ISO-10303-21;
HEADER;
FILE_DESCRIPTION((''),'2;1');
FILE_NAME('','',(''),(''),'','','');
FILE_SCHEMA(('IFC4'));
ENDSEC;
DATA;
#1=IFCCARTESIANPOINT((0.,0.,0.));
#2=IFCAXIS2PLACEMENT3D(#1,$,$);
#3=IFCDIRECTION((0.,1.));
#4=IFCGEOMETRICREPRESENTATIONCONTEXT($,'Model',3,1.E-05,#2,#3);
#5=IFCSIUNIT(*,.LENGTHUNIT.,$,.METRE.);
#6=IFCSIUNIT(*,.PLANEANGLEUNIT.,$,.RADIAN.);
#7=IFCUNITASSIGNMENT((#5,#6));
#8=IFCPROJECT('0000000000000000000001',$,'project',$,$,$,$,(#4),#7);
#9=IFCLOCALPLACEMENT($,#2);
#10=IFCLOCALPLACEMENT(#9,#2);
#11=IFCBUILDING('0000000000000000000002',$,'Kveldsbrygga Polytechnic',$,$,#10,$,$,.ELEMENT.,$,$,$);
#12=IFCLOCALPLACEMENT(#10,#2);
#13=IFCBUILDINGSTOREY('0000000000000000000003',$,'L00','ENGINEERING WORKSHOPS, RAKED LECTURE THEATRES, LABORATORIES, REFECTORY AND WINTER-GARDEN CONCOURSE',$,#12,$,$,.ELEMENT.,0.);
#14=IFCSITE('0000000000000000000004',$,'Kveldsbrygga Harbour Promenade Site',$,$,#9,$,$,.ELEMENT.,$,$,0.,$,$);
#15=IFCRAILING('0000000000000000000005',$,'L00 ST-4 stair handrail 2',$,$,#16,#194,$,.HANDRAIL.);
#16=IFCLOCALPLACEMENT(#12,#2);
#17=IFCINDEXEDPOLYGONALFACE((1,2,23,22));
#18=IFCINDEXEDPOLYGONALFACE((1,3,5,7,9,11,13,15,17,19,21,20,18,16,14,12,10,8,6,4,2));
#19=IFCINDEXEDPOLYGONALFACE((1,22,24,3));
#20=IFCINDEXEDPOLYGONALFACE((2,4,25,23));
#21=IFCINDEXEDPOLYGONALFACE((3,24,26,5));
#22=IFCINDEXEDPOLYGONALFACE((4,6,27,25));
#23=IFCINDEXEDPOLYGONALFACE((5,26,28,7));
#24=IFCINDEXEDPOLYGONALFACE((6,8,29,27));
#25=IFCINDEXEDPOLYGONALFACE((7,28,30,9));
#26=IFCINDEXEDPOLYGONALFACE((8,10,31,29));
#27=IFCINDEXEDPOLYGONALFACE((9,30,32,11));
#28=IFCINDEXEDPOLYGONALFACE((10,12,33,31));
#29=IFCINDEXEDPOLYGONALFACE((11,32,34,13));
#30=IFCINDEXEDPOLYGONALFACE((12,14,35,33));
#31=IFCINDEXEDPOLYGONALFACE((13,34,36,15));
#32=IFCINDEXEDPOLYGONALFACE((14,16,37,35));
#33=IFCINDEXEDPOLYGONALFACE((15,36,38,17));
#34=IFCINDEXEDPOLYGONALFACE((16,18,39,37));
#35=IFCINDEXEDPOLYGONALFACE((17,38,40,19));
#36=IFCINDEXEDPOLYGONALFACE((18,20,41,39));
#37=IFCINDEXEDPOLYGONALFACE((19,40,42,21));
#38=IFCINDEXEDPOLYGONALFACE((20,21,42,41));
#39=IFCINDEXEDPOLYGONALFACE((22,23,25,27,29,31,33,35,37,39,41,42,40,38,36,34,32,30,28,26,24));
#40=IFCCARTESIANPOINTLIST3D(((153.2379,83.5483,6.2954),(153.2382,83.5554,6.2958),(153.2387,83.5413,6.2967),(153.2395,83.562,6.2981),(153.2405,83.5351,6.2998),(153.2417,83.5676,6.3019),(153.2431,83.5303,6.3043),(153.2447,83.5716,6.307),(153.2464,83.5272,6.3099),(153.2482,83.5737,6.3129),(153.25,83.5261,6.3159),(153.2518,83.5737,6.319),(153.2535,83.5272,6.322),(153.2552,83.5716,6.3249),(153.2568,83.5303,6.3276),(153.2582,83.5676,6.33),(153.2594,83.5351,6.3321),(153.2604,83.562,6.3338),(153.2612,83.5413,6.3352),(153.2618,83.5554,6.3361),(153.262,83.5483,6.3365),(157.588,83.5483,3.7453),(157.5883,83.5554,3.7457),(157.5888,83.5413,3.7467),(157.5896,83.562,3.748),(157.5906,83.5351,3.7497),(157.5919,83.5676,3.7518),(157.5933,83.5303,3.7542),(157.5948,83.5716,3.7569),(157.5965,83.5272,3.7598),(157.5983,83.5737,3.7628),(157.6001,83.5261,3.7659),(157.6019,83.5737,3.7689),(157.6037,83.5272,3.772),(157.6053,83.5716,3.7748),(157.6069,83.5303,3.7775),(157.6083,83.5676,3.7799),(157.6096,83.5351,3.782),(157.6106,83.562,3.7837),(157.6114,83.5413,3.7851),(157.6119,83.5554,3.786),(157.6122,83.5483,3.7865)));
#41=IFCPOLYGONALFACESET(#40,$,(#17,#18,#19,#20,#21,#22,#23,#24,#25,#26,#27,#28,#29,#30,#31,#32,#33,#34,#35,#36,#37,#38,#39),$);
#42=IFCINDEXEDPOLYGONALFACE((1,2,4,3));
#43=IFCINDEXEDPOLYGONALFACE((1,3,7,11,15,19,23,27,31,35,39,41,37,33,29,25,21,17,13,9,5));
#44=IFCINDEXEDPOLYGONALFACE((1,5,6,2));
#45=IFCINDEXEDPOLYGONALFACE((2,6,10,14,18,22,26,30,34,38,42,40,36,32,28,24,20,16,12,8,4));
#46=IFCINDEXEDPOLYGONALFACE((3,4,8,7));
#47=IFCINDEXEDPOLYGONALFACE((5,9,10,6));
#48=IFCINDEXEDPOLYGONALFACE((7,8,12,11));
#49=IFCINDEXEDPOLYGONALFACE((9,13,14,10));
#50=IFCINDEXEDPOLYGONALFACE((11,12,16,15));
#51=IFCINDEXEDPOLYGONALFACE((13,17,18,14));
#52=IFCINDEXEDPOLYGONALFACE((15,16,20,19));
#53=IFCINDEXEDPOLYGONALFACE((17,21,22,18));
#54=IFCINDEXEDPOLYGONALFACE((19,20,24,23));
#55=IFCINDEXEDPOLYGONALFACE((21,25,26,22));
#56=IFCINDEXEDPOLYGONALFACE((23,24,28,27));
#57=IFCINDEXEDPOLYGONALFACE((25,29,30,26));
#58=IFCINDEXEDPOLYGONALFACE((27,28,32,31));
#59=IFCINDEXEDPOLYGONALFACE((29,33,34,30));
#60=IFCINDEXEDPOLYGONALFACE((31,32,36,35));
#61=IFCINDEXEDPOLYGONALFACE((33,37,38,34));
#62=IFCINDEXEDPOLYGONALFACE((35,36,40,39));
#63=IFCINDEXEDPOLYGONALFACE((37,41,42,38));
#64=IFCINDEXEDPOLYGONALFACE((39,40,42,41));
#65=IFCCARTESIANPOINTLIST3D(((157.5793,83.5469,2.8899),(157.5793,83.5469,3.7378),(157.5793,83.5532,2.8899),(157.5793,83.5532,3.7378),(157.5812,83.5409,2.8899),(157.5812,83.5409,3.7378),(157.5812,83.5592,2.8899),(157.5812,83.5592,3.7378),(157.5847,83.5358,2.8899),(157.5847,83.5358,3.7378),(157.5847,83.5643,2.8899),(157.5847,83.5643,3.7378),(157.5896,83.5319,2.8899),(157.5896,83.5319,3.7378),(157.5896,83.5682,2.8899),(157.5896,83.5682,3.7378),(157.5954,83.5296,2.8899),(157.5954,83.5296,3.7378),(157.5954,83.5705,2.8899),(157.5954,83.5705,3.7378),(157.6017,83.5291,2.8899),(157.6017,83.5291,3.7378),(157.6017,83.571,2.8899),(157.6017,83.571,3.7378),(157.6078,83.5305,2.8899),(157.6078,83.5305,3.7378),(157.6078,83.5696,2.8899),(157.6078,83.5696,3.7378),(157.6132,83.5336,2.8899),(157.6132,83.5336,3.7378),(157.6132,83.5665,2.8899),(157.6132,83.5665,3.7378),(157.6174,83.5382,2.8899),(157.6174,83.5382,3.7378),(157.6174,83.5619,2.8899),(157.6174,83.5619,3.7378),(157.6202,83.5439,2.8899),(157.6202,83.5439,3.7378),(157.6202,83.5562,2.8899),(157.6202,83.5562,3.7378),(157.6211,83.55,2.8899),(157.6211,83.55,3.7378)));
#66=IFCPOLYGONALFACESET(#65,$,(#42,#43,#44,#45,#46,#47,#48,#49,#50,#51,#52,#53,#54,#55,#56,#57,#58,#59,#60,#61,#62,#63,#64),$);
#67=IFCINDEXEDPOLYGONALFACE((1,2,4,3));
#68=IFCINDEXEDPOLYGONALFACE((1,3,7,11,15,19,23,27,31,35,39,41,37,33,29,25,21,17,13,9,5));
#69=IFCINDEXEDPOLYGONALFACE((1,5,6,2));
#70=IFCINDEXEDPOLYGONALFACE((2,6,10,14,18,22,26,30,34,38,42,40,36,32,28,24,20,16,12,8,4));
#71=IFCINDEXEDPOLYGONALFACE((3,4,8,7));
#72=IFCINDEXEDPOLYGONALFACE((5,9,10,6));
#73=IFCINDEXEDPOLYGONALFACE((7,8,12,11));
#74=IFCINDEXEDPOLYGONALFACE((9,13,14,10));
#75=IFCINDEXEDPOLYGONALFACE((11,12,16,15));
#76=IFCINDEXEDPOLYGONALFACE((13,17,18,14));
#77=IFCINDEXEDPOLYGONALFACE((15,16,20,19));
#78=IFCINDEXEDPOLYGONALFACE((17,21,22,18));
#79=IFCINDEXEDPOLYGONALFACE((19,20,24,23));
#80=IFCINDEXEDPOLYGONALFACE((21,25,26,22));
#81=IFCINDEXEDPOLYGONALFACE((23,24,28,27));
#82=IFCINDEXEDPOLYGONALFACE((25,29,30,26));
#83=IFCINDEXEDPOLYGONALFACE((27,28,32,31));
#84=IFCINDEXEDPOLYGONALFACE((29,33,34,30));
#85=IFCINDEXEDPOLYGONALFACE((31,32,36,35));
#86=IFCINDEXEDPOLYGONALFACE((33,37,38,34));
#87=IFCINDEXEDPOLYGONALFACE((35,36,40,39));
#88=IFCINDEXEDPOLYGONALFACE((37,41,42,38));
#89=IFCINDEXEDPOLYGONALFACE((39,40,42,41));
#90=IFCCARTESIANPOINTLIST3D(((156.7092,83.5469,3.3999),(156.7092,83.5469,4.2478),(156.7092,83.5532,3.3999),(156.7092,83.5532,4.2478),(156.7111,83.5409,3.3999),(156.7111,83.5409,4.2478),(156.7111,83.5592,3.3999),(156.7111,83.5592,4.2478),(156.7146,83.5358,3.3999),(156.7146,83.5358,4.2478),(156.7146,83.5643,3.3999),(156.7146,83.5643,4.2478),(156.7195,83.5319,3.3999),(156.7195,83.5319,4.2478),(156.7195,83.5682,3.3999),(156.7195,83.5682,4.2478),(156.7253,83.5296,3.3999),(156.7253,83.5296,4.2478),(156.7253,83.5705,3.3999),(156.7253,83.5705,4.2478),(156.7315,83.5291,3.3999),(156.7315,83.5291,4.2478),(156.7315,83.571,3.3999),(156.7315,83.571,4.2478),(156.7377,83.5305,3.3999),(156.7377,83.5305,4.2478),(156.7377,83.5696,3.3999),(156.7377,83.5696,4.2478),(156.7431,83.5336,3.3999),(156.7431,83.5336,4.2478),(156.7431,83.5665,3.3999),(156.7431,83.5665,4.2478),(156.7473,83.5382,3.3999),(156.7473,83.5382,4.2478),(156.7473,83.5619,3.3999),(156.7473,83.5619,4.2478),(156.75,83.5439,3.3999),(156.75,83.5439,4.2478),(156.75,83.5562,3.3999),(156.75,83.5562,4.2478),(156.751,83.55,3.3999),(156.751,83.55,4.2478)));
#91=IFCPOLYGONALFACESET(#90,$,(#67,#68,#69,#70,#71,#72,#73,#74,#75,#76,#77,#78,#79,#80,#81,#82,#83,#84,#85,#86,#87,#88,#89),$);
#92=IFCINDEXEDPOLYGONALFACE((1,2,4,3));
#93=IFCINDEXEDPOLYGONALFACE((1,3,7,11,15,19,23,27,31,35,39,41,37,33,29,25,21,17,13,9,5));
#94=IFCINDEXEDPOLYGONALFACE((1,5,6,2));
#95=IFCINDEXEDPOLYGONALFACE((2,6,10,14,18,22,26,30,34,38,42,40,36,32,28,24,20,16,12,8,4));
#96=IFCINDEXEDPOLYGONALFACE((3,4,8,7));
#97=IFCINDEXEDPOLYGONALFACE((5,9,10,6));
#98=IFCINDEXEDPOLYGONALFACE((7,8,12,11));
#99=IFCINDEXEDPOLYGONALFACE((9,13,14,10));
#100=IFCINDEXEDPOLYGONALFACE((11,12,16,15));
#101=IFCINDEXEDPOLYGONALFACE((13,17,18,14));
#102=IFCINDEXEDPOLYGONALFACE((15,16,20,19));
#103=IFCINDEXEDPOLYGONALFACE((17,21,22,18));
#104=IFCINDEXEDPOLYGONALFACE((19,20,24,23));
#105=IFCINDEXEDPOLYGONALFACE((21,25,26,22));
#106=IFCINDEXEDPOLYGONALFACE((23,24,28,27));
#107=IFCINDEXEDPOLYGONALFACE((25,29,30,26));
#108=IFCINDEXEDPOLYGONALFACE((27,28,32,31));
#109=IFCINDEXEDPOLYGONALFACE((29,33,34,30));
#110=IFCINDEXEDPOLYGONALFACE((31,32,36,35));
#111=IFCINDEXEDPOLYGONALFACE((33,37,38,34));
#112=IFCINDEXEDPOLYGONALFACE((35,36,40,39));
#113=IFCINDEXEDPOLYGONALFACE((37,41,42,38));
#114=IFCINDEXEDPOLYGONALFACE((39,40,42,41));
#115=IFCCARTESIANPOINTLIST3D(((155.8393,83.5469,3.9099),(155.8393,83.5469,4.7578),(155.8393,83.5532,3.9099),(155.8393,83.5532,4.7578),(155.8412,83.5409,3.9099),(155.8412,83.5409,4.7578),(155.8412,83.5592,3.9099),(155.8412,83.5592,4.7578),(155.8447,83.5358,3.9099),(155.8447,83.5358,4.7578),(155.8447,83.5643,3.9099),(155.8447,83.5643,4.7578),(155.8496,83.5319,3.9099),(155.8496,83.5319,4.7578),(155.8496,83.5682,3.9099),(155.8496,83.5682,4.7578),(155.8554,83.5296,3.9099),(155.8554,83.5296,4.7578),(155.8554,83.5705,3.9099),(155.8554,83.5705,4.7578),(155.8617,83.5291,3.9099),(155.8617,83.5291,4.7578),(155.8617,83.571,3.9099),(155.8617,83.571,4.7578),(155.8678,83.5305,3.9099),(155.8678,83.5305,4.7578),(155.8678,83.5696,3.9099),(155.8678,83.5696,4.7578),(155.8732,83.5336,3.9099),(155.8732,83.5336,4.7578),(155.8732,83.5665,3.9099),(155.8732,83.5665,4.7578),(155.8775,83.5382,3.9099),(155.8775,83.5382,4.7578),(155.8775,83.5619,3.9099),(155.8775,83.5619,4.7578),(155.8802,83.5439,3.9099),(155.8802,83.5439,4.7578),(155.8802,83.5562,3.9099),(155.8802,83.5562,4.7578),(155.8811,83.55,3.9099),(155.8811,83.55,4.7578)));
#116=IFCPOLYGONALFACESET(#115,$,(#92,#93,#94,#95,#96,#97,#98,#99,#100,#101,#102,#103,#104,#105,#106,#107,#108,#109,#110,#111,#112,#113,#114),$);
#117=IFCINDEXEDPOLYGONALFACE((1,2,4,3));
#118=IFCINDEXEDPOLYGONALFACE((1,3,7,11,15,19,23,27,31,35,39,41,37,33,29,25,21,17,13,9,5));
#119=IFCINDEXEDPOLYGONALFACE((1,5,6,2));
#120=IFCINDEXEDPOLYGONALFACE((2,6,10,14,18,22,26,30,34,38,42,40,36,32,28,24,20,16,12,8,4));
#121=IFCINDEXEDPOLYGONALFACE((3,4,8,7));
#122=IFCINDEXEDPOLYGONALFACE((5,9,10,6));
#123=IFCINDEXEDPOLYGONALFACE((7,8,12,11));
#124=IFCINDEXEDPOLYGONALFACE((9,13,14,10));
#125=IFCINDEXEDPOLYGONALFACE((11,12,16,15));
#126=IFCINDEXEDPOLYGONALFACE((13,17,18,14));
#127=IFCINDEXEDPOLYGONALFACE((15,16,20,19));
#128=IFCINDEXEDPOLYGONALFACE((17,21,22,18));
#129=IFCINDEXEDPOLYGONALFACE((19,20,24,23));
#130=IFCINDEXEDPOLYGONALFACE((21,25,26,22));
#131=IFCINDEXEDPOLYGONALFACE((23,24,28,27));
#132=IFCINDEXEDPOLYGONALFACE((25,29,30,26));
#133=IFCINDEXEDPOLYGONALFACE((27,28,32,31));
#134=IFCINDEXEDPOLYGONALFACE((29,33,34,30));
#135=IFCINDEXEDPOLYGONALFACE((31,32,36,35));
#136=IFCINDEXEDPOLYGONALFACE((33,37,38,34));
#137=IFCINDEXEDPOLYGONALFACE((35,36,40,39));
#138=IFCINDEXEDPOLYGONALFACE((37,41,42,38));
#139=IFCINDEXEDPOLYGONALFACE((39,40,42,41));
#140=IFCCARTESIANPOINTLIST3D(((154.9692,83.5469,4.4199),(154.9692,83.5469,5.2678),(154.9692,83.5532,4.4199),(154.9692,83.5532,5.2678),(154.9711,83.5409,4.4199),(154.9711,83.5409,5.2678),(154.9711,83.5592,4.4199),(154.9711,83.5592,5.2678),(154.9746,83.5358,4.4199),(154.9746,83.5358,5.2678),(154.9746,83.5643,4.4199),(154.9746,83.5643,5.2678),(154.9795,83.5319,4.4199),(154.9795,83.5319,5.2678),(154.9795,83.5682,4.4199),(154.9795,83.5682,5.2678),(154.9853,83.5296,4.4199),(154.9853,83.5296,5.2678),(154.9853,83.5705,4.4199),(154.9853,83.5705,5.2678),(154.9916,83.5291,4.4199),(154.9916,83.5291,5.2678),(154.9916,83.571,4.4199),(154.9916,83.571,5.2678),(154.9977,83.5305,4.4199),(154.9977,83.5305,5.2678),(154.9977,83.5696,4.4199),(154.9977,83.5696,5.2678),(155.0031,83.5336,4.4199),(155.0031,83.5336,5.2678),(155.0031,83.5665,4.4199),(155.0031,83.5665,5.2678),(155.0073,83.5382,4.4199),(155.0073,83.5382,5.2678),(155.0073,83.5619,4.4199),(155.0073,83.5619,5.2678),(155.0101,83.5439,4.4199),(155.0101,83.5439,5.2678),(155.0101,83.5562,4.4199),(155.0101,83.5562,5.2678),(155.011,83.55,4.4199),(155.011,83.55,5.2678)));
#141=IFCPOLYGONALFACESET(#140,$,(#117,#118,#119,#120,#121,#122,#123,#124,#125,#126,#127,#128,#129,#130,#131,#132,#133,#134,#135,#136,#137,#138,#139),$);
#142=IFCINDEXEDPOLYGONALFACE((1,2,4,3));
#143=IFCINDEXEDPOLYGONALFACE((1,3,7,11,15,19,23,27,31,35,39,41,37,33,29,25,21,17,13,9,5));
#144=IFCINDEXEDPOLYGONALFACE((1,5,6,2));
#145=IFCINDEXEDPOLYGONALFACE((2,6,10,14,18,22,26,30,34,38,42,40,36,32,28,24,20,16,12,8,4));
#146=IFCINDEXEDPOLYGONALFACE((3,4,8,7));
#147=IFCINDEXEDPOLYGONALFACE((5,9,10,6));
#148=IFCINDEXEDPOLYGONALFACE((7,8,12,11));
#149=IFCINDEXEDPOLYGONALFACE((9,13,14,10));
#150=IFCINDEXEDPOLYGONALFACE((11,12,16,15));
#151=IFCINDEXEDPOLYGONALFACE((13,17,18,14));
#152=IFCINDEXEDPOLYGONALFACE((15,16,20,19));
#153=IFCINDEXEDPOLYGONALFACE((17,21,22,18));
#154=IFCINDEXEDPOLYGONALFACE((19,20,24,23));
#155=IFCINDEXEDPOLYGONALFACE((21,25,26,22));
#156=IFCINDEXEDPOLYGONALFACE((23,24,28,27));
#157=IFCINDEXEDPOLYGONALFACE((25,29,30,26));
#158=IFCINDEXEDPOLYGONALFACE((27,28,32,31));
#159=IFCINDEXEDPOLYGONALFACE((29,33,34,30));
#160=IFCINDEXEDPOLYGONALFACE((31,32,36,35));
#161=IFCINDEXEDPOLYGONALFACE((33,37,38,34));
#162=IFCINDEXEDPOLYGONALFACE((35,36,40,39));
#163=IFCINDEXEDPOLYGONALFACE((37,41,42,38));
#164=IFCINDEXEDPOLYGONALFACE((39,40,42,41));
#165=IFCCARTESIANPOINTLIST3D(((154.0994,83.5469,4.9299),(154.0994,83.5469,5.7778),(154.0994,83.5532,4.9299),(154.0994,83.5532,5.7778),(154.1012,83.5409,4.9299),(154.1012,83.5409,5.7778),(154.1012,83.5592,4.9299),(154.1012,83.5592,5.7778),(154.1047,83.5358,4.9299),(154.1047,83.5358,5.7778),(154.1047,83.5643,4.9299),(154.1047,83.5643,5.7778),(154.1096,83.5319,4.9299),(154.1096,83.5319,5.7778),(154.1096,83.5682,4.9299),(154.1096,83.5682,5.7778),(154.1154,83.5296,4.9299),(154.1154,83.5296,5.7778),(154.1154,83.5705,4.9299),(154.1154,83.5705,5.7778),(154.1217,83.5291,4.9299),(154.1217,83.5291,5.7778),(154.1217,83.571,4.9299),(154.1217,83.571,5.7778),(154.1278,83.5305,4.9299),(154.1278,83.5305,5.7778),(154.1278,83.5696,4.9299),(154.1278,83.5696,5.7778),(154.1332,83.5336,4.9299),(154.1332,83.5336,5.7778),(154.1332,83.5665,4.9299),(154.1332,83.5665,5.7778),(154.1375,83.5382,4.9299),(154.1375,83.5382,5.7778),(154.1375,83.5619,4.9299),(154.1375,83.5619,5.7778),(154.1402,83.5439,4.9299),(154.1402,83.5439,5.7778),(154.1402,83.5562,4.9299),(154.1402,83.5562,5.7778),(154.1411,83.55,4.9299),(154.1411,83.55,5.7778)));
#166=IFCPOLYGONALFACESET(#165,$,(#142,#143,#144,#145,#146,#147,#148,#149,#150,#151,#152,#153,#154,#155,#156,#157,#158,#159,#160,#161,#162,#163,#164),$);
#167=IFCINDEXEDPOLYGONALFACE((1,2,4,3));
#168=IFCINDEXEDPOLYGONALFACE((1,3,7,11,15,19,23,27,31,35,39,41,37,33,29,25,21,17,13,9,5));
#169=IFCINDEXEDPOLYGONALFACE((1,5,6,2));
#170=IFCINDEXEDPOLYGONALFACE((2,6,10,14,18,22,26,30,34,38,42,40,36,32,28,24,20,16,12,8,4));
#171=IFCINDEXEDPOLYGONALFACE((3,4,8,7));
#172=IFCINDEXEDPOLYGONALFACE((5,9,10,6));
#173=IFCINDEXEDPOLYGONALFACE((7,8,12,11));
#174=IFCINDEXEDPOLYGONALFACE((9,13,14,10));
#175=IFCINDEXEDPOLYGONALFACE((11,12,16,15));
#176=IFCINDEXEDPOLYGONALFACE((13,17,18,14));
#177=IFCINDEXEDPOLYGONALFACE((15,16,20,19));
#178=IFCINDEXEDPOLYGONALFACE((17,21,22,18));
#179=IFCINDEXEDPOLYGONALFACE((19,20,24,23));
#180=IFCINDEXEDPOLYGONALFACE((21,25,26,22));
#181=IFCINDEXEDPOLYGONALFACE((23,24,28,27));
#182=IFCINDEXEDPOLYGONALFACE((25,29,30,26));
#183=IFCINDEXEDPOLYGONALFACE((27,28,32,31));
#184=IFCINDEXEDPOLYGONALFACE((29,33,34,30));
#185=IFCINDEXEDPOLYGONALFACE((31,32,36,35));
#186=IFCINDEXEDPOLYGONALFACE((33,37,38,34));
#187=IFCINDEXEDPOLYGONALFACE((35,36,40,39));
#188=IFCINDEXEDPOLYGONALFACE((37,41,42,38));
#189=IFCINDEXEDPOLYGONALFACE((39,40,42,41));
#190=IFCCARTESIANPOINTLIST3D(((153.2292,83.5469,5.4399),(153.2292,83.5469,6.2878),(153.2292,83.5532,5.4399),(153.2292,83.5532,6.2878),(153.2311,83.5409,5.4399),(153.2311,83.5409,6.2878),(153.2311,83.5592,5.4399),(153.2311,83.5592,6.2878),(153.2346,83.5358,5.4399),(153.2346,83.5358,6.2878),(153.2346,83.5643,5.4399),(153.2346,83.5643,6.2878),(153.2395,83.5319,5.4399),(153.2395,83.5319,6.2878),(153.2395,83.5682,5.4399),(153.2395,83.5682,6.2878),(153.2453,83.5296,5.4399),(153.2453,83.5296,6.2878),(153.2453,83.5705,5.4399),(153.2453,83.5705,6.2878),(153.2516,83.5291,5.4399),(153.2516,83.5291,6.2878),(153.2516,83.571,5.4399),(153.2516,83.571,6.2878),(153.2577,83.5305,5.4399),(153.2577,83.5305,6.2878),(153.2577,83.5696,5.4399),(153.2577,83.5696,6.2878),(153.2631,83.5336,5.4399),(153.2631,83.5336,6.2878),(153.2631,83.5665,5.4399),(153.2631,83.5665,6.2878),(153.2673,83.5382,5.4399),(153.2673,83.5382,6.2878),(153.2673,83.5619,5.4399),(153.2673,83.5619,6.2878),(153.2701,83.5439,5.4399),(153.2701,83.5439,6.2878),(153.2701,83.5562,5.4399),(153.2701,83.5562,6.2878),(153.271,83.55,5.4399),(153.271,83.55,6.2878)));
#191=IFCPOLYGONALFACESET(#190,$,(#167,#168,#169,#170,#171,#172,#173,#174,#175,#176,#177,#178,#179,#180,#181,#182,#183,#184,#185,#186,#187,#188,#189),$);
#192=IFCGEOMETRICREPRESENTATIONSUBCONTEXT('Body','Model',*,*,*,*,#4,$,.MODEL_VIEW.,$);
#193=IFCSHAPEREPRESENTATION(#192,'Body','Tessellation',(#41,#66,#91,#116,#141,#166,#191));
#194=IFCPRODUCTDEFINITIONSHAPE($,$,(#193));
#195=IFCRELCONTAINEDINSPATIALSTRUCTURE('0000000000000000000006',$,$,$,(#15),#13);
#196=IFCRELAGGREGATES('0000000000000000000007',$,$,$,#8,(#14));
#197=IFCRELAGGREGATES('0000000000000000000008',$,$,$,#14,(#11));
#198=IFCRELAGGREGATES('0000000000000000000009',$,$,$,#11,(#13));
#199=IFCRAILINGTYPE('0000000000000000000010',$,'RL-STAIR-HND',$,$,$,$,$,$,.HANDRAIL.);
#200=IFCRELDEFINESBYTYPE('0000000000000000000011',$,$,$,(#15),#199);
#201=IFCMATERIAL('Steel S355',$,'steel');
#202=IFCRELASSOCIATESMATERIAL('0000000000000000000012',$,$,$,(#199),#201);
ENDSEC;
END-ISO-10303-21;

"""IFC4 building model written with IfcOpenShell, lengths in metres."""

from ifc_helpers import new_model, si_unit, direction, frame, origin, origin_2d, place, context, subcontext, project, spatial, circle, extrude, material, type_object, element, save


model = new_model("IFC4")

# Units and contexts
model_context = context("Model", 3, precision=1e-05, world=origin(), true_north=direction((0.0, 1.0)))
body_context = subcontext(model_context, "Body", "Model", "MODEL_VIEW")
ifc_project = project(units=[si_unit("LENGTHUNIT", "METRE"), si_unit("PLANEANGLEUNIT", "RADIAN")], contexts=[model_context])

# Site, building, storey
site_placement = place(None, origin())
site = spatial("IfcSite", under=ifc_project, at=site_placement, Name="Kveldsbrygga Harbour Promenade Site", CompositionType="ELEMENT", RefElevation=0.0)
building_placement = place(site_placement, origin())
building = spatial("IfcBuilding", under=site, at=building_placement, Name="Kveldsbrygga Polytechnic", CompositionType="ELEMENT")
storey_placement = place(building_placement, origin())
storey = spatial("IfcBuildingStorey", under=building, at=storey_placement, Name="L00", Description="ENGINEERING WORKSHOPS, RAKED LECTURE THEATRES, LABORATORIES, REFECTORY AND WINTER-GARDEN CONCOURSE", CompositionType="ELEMENT", Elevation=0.0)

# Shared definitions
ifc_material_1 = material(Name="Steel S355", Category="steel")

# Railing
railing_type_1 = type_object("IfcRailingType", Name="RL-STAIR-HND", PredefinedType="HANDRAIL", material=ifc_material_1)
railing_1_placement = place(storey_placement, frame((157.6001, 83.55, 2.8899)))
element("IfcRailing", 1, at=railing_1_placement, inside=storey, type_object=railing_type_1, Name="L00 ST-4 stair handrail 2", PredefinedType="HANDRAIL", context=body_context, shape_type="SweptSolid", body=[
    extrude(circle(Radius=0.0239, at=origin_2d()), frame((0.0, 0.0, 0.876), z_axis=(-0.862699, 0.0, 0.505718), x_axis=(0.0, -1.0, 0.0)), (0.0, 0.0, 1.0), 5.0425),
    extrude(circle(Radius=0.021, at=origin_2d()), origin(), (0.0, 0.0, 1.0), 0.8479),
    extrude(circle(Radius=0.021, at=origin_2d()), frame((-0.8701, 0.0, 0.51)), (0.0, 0.0, 1.0), 0.8479),
    extrude(circle(Radius=0.021, at=origin_2d()), frame((-1.74, 0.0, 1.02)), (0.0, 0.0, 1.0), 0.8479),
    extrude(circle(Radius=0.021, at=origin_2d()), frame((-2.6101, 0.0, 1.53)), (0.0, 0.0, 1.0), 0.8479),
    extrude(circle(Radius=0.021, at=origin_2d()), frame((-3.48, 0.0, 2.04)), (0.0, 0.0, 1.0), 0.8479),
    extrude(circle(Radius=0.021, at=origin_2d()), frame((-4.3501, 0.0, 2.55)), (0.0, 0.0, 1.0), 0.8479),
])

save(model, "model.ifc")
